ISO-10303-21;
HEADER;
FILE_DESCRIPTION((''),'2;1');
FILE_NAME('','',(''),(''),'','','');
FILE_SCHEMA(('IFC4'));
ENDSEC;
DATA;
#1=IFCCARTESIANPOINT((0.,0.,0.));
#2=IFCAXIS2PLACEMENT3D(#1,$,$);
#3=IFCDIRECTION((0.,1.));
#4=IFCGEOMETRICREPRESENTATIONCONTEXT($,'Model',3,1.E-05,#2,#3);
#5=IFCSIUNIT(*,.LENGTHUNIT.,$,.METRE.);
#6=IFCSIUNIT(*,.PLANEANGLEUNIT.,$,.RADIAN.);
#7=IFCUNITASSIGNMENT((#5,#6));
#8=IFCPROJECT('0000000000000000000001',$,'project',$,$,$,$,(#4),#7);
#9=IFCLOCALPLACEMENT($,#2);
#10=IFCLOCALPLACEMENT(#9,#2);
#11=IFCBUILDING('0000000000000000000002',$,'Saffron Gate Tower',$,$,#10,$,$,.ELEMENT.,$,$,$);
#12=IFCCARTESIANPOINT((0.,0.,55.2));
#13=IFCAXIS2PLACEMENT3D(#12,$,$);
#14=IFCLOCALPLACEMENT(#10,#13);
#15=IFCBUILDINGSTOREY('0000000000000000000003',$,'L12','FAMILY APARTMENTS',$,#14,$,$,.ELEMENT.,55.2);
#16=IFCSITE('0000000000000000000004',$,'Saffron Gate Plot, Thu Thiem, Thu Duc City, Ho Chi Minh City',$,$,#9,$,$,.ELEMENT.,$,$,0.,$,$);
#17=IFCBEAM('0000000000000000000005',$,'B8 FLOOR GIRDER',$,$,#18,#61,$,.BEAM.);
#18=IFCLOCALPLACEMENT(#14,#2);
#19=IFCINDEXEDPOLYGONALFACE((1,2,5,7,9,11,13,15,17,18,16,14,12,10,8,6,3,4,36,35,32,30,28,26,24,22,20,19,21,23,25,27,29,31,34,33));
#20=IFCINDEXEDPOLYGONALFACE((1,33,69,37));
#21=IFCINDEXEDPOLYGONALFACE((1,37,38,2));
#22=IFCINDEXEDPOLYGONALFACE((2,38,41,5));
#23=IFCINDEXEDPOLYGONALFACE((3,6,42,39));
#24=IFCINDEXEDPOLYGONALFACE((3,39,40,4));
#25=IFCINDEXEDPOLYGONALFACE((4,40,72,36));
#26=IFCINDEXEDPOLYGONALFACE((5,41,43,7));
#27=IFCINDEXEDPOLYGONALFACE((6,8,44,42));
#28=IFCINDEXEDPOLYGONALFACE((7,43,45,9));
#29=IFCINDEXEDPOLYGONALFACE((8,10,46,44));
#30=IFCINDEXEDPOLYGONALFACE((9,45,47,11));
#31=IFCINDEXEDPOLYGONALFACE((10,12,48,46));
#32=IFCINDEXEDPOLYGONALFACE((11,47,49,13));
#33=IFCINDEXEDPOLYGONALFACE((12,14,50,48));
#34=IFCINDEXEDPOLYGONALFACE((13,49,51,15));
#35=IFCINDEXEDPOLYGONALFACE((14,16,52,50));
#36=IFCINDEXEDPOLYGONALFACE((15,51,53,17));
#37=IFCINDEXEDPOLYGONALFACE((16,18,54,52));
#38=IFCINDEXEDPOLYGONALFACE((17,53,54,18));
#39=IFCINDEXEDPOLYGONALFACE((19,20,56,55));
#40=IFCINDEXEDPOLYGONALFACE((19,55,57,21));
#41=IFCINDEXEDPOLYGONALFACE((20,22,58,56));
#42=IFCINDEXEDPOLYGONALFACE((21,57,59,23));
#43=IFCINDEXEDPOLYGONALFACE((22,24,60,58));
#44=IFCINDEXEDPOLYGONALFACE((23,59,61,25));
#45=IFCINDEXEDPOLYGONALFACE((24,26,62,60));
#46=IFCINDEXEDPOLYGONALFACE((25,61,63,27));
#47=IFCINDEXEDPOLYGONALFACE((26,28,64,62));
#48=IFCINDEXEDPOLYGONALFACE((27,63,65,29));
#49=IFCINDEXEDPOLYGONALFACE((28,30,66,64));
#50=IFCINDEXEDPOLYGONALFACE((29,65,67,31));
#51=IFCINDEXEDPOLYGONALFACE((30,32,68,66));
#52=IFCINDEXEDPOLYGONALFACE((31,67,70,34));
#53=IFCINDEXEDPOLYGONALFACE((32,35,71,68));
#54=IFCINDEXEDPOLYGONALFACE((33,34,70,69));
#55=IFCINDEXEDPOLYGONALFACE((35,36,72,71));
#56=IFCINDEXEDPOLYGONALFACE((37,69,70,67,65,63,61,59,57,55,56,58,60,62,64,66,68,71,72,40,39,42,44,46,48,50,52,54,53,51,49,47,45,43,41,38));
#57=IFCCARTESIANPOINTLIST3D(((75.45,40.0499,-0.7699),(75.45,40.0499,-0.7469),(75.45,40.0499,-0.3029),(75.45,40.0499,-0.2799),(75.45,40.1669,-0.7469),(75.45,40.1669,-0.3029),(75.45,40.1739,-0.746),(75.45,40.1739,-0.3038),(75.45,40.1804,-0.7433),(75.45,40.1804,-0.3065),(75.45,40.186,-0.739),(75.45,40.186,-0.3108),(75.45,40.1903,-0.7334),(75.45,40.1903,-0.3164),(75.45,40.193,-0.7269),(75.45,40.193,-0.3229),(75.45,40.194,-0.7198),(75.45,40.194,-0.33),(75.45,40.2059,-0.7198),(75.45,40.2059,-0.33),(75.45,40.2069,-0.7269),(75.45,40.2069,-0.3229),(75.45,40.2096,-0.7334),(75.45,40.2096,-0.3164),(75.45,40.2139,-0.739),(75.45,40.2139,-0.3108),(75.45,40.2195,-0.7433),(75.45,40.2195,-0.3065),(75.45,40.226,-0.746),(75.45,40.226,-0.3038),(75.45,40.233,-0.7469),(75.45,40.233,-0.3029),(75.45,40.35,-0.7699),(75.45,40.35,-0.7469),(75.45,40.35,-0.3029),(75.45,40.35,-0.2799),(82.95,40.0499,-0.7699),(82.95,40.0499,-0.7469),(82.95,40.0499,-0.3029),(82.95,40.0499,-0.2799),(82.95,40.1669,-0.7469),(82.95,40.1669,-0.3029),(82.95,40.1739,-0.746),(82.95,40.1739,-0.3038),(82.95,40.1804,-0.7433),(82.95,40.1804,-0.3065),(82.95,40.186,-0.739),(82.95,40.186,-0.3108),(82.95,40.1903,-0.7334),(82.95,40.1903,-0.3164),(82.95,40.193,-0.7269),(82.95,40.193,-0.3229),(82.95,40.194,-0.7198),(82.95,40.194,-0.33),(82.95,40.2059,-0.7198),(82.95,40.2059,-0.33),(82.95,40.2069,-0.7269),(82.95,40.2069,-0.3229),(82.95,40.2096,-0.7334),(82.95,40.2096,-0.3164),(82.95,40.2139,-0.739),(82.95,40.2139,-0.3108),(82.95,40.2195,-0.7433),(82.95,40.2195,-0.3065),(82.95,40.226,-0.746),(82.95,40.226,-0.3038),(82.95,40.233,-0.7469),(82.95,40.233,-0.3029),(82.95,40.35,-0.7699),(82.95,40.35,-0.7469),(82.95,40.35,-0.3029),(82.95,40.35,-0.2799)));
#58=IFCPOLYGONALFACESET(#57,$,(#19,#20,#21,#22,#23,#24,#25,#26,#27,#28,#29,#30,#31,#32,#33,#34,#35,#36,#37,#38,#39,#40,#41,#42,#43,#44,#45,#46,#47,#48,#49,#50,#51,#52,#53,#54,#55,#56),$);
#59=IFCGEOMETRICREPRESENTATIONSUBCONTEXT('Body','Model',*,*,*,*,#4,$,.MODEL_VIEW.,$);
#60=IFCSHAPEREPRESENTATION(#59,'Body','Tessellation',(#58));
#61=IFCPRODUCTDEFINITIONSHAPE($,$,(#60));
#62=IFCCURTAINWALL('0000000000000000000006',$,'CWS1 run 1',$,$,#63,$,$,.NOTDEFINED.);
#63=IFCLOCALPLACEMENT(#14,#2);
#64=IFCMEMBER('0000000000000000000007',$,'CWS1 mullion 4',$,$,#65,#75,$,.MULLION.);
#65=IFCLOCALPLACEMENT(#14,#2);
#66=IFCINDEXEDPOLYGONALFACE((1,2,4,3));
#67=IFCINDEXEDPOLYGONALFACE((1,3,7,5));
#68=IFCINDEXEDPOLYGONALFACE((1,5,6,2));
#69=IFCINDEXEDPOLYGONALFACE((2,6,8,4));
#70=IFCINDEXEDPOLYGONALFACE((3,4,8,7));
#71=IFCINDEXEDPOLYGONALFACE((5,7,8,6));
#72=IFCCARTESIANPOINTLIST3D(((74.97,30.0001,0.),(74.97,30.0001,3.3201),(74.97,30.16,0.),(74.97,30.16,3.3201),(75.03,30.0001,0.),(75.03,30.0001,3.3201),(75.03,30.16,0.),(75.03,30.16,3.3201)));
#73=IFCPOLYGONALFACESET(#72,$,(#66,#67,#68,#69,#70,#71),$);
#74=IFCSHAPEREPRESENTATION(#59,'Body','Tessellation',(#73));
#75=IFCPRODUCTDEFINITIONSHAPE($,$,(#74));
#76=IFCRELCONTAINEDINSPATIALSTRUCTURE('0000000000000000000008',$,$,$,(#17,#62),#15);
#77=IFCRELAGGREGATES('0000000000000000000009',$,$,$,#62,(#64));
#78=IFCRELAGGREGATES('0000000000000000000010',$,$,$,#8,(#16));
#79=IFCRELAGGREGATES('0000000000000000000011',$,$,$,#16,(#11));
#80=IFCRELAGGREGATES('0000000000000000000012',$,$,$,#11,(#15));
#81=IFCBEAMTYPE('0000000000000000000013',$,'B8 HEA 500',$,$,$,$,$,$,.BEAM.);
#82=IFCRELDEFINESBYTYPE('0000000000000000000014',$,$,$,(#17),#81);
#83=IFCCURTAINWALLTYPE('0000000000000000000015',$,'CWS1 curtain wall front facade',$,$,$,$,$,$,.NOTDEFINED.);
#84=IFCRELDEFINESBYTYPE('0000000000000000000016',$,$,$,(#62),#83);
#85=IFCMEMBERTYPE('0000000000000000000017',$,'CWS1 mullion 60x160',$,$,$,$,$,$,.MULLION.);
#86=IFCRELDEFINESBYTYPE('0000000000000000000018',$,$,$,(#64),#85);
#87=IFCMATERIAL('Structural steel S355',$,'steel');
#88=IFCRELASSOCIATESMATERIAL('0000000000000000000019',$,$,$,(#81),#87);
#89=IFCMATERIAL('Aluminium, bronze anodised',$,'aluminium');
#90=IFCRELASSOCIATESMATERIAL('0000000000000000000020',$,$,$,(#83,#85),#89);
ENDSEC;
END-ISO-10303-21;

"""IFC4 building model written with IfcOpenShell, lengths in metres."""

from ifc_helpers import new_model, si_unit, direction, frame, origin, origin_2d, place, context, subcontext, project, spatial, rectangle, i_section, extrude, material, material_profile, profile_set, type_object, element, aggregate, save


model = new_model("IFC4")

# Units and contexts
model_context = context("Model", 3, precision=1e-05, world=origin(), true_north=direction((0.0, 1.0)))
body_context = subcontext(model_context, "Body", "Model", "MODEL_VIEW")
ifc_project = project(units=[si_unit("LENGTHUNIT", "METRE"), si_unit("PLANEANGLEUNIT", "RADIAN")], contexts=[model_context])

# Site, building, storey
site_placement = place(None, origin())
site = spatial("IfcSite", under=ifc_project, at=site_placement, Name="Saffron Gate Plot, Thu Thiem, Thu Duc City, Ho Chi Minh City", CompositionType="ELEMENT", RefElevation=0.0)
building_placement = place(site_placement, origin())
building = spatial("IfcBuilding", under=site, at=building_placement, Name="Saffron Gate Tower", CompositionType="ELEMENT")
storey_placement = place(building_placement, frame((0.0, 0.0, 55.2)))
storey = spatial("IfcBuildingStorey", under=building, at=storey_placement, Name="L12", Description="FAMILY APARTMENTS", CompositionType="ELEMENT", Elevation=55.2)

# Beam
ifc_material_1 = material(Name="Structural steel S355", Category="steel")
ifc_material_profile_1 = material_profile(ifc_material_1, i_section(OverallWidth=0.3, OverallDepth=0.49, WebThickness=0.012, FlangeThickness=0.0229, FilletRadius=0.0271, at=origin_2d()))
ifc_profile_set_1 = profile_set([ifc_material_profile_1], Name="Structural steel S355")
beam_type_1 = type_object("IfcBeamType", Name="B8 HEA 500", PredefinedType="BEAM", material=ifc_profile_set_1)
for number, where, z_axis, x_axis, name in (
    (1, (75.45, 40.2, -0.5249), (1.0, 0.0, 0.0), (0.0, 1.0, 0.0), "B8 FLOOR GIRDER"),
):
    element("IfcBeam", number, at=place(storey_placement, frame(where, z_axis=z_axis, x_axis=x_axis)), inside=storey, type_object=beam_type_1, Name=name, PredefinedType="BEAM", context=body_context, shape_type="SweptSolid", body=[
        extrude(i_section(OverallWidth=0.3, OverallDepth=0.49, WebThickness=0.012, FlangeThickness=0.0229, FilletRadius=0.0271, at=origin_2d()), origin(), (0.0, 0.0, 1.0), 7.5),
    ])

# Curtain wall, member
ifc_material_2 = material(Name="Aluminium, bronze anodised", Category="aluminium")
curtain_wall_type = type_object("IfcCurtainWallType", Name="CWS1 curtain wall front facade", PredefinedType="NOTDEFINED", material=ifc_material_2)
curtain_wall_placement = place(storey_placement, origin())
curtain_wall = element("IfcCurtainWall", 2, at=curtain_wall_placement, inside=storey, type_object=curtain_wall_type, Name="CWS1 run 1", PredefinedType="NOTDEFINED")
ifc_material_profile_2 = material_profile(ifc_material_2, rectangle(XDim=0.1599, YDim=0.0601, at=origin_2d()))
ifc_profile_set_2 = profile_set([ifc_material_profile_2], Name="Aluminium, bronze anodised")
member_type = type_object("IfcMemberType", Name="CWS1 mullion 60x160", PredefinedType="MULLION", material=ifc_profile_set_2)
member_placement = place(storey_placement, frame((75.0, 30.0801, 0.0), z_axis=(0.0, 0.0, 1.0), x_axis=(0.0, 1.0, 0.0)))
member = element("IfcMember", 3, at=member_placement, type_object=member_type, Name="CWS1 mullion 4", PredefinedType="MULLION", context=body_context, shape_type="SweptSolid", body=[
    extrude(rectangle(XDim=0.1599, YDim=0.0601, at=origin_2d()), origin(), (0.0, 0.0, 1.0), 3.3201),
])
aggregate(curtain_wall, [member])

save(model, "model.ifc")
